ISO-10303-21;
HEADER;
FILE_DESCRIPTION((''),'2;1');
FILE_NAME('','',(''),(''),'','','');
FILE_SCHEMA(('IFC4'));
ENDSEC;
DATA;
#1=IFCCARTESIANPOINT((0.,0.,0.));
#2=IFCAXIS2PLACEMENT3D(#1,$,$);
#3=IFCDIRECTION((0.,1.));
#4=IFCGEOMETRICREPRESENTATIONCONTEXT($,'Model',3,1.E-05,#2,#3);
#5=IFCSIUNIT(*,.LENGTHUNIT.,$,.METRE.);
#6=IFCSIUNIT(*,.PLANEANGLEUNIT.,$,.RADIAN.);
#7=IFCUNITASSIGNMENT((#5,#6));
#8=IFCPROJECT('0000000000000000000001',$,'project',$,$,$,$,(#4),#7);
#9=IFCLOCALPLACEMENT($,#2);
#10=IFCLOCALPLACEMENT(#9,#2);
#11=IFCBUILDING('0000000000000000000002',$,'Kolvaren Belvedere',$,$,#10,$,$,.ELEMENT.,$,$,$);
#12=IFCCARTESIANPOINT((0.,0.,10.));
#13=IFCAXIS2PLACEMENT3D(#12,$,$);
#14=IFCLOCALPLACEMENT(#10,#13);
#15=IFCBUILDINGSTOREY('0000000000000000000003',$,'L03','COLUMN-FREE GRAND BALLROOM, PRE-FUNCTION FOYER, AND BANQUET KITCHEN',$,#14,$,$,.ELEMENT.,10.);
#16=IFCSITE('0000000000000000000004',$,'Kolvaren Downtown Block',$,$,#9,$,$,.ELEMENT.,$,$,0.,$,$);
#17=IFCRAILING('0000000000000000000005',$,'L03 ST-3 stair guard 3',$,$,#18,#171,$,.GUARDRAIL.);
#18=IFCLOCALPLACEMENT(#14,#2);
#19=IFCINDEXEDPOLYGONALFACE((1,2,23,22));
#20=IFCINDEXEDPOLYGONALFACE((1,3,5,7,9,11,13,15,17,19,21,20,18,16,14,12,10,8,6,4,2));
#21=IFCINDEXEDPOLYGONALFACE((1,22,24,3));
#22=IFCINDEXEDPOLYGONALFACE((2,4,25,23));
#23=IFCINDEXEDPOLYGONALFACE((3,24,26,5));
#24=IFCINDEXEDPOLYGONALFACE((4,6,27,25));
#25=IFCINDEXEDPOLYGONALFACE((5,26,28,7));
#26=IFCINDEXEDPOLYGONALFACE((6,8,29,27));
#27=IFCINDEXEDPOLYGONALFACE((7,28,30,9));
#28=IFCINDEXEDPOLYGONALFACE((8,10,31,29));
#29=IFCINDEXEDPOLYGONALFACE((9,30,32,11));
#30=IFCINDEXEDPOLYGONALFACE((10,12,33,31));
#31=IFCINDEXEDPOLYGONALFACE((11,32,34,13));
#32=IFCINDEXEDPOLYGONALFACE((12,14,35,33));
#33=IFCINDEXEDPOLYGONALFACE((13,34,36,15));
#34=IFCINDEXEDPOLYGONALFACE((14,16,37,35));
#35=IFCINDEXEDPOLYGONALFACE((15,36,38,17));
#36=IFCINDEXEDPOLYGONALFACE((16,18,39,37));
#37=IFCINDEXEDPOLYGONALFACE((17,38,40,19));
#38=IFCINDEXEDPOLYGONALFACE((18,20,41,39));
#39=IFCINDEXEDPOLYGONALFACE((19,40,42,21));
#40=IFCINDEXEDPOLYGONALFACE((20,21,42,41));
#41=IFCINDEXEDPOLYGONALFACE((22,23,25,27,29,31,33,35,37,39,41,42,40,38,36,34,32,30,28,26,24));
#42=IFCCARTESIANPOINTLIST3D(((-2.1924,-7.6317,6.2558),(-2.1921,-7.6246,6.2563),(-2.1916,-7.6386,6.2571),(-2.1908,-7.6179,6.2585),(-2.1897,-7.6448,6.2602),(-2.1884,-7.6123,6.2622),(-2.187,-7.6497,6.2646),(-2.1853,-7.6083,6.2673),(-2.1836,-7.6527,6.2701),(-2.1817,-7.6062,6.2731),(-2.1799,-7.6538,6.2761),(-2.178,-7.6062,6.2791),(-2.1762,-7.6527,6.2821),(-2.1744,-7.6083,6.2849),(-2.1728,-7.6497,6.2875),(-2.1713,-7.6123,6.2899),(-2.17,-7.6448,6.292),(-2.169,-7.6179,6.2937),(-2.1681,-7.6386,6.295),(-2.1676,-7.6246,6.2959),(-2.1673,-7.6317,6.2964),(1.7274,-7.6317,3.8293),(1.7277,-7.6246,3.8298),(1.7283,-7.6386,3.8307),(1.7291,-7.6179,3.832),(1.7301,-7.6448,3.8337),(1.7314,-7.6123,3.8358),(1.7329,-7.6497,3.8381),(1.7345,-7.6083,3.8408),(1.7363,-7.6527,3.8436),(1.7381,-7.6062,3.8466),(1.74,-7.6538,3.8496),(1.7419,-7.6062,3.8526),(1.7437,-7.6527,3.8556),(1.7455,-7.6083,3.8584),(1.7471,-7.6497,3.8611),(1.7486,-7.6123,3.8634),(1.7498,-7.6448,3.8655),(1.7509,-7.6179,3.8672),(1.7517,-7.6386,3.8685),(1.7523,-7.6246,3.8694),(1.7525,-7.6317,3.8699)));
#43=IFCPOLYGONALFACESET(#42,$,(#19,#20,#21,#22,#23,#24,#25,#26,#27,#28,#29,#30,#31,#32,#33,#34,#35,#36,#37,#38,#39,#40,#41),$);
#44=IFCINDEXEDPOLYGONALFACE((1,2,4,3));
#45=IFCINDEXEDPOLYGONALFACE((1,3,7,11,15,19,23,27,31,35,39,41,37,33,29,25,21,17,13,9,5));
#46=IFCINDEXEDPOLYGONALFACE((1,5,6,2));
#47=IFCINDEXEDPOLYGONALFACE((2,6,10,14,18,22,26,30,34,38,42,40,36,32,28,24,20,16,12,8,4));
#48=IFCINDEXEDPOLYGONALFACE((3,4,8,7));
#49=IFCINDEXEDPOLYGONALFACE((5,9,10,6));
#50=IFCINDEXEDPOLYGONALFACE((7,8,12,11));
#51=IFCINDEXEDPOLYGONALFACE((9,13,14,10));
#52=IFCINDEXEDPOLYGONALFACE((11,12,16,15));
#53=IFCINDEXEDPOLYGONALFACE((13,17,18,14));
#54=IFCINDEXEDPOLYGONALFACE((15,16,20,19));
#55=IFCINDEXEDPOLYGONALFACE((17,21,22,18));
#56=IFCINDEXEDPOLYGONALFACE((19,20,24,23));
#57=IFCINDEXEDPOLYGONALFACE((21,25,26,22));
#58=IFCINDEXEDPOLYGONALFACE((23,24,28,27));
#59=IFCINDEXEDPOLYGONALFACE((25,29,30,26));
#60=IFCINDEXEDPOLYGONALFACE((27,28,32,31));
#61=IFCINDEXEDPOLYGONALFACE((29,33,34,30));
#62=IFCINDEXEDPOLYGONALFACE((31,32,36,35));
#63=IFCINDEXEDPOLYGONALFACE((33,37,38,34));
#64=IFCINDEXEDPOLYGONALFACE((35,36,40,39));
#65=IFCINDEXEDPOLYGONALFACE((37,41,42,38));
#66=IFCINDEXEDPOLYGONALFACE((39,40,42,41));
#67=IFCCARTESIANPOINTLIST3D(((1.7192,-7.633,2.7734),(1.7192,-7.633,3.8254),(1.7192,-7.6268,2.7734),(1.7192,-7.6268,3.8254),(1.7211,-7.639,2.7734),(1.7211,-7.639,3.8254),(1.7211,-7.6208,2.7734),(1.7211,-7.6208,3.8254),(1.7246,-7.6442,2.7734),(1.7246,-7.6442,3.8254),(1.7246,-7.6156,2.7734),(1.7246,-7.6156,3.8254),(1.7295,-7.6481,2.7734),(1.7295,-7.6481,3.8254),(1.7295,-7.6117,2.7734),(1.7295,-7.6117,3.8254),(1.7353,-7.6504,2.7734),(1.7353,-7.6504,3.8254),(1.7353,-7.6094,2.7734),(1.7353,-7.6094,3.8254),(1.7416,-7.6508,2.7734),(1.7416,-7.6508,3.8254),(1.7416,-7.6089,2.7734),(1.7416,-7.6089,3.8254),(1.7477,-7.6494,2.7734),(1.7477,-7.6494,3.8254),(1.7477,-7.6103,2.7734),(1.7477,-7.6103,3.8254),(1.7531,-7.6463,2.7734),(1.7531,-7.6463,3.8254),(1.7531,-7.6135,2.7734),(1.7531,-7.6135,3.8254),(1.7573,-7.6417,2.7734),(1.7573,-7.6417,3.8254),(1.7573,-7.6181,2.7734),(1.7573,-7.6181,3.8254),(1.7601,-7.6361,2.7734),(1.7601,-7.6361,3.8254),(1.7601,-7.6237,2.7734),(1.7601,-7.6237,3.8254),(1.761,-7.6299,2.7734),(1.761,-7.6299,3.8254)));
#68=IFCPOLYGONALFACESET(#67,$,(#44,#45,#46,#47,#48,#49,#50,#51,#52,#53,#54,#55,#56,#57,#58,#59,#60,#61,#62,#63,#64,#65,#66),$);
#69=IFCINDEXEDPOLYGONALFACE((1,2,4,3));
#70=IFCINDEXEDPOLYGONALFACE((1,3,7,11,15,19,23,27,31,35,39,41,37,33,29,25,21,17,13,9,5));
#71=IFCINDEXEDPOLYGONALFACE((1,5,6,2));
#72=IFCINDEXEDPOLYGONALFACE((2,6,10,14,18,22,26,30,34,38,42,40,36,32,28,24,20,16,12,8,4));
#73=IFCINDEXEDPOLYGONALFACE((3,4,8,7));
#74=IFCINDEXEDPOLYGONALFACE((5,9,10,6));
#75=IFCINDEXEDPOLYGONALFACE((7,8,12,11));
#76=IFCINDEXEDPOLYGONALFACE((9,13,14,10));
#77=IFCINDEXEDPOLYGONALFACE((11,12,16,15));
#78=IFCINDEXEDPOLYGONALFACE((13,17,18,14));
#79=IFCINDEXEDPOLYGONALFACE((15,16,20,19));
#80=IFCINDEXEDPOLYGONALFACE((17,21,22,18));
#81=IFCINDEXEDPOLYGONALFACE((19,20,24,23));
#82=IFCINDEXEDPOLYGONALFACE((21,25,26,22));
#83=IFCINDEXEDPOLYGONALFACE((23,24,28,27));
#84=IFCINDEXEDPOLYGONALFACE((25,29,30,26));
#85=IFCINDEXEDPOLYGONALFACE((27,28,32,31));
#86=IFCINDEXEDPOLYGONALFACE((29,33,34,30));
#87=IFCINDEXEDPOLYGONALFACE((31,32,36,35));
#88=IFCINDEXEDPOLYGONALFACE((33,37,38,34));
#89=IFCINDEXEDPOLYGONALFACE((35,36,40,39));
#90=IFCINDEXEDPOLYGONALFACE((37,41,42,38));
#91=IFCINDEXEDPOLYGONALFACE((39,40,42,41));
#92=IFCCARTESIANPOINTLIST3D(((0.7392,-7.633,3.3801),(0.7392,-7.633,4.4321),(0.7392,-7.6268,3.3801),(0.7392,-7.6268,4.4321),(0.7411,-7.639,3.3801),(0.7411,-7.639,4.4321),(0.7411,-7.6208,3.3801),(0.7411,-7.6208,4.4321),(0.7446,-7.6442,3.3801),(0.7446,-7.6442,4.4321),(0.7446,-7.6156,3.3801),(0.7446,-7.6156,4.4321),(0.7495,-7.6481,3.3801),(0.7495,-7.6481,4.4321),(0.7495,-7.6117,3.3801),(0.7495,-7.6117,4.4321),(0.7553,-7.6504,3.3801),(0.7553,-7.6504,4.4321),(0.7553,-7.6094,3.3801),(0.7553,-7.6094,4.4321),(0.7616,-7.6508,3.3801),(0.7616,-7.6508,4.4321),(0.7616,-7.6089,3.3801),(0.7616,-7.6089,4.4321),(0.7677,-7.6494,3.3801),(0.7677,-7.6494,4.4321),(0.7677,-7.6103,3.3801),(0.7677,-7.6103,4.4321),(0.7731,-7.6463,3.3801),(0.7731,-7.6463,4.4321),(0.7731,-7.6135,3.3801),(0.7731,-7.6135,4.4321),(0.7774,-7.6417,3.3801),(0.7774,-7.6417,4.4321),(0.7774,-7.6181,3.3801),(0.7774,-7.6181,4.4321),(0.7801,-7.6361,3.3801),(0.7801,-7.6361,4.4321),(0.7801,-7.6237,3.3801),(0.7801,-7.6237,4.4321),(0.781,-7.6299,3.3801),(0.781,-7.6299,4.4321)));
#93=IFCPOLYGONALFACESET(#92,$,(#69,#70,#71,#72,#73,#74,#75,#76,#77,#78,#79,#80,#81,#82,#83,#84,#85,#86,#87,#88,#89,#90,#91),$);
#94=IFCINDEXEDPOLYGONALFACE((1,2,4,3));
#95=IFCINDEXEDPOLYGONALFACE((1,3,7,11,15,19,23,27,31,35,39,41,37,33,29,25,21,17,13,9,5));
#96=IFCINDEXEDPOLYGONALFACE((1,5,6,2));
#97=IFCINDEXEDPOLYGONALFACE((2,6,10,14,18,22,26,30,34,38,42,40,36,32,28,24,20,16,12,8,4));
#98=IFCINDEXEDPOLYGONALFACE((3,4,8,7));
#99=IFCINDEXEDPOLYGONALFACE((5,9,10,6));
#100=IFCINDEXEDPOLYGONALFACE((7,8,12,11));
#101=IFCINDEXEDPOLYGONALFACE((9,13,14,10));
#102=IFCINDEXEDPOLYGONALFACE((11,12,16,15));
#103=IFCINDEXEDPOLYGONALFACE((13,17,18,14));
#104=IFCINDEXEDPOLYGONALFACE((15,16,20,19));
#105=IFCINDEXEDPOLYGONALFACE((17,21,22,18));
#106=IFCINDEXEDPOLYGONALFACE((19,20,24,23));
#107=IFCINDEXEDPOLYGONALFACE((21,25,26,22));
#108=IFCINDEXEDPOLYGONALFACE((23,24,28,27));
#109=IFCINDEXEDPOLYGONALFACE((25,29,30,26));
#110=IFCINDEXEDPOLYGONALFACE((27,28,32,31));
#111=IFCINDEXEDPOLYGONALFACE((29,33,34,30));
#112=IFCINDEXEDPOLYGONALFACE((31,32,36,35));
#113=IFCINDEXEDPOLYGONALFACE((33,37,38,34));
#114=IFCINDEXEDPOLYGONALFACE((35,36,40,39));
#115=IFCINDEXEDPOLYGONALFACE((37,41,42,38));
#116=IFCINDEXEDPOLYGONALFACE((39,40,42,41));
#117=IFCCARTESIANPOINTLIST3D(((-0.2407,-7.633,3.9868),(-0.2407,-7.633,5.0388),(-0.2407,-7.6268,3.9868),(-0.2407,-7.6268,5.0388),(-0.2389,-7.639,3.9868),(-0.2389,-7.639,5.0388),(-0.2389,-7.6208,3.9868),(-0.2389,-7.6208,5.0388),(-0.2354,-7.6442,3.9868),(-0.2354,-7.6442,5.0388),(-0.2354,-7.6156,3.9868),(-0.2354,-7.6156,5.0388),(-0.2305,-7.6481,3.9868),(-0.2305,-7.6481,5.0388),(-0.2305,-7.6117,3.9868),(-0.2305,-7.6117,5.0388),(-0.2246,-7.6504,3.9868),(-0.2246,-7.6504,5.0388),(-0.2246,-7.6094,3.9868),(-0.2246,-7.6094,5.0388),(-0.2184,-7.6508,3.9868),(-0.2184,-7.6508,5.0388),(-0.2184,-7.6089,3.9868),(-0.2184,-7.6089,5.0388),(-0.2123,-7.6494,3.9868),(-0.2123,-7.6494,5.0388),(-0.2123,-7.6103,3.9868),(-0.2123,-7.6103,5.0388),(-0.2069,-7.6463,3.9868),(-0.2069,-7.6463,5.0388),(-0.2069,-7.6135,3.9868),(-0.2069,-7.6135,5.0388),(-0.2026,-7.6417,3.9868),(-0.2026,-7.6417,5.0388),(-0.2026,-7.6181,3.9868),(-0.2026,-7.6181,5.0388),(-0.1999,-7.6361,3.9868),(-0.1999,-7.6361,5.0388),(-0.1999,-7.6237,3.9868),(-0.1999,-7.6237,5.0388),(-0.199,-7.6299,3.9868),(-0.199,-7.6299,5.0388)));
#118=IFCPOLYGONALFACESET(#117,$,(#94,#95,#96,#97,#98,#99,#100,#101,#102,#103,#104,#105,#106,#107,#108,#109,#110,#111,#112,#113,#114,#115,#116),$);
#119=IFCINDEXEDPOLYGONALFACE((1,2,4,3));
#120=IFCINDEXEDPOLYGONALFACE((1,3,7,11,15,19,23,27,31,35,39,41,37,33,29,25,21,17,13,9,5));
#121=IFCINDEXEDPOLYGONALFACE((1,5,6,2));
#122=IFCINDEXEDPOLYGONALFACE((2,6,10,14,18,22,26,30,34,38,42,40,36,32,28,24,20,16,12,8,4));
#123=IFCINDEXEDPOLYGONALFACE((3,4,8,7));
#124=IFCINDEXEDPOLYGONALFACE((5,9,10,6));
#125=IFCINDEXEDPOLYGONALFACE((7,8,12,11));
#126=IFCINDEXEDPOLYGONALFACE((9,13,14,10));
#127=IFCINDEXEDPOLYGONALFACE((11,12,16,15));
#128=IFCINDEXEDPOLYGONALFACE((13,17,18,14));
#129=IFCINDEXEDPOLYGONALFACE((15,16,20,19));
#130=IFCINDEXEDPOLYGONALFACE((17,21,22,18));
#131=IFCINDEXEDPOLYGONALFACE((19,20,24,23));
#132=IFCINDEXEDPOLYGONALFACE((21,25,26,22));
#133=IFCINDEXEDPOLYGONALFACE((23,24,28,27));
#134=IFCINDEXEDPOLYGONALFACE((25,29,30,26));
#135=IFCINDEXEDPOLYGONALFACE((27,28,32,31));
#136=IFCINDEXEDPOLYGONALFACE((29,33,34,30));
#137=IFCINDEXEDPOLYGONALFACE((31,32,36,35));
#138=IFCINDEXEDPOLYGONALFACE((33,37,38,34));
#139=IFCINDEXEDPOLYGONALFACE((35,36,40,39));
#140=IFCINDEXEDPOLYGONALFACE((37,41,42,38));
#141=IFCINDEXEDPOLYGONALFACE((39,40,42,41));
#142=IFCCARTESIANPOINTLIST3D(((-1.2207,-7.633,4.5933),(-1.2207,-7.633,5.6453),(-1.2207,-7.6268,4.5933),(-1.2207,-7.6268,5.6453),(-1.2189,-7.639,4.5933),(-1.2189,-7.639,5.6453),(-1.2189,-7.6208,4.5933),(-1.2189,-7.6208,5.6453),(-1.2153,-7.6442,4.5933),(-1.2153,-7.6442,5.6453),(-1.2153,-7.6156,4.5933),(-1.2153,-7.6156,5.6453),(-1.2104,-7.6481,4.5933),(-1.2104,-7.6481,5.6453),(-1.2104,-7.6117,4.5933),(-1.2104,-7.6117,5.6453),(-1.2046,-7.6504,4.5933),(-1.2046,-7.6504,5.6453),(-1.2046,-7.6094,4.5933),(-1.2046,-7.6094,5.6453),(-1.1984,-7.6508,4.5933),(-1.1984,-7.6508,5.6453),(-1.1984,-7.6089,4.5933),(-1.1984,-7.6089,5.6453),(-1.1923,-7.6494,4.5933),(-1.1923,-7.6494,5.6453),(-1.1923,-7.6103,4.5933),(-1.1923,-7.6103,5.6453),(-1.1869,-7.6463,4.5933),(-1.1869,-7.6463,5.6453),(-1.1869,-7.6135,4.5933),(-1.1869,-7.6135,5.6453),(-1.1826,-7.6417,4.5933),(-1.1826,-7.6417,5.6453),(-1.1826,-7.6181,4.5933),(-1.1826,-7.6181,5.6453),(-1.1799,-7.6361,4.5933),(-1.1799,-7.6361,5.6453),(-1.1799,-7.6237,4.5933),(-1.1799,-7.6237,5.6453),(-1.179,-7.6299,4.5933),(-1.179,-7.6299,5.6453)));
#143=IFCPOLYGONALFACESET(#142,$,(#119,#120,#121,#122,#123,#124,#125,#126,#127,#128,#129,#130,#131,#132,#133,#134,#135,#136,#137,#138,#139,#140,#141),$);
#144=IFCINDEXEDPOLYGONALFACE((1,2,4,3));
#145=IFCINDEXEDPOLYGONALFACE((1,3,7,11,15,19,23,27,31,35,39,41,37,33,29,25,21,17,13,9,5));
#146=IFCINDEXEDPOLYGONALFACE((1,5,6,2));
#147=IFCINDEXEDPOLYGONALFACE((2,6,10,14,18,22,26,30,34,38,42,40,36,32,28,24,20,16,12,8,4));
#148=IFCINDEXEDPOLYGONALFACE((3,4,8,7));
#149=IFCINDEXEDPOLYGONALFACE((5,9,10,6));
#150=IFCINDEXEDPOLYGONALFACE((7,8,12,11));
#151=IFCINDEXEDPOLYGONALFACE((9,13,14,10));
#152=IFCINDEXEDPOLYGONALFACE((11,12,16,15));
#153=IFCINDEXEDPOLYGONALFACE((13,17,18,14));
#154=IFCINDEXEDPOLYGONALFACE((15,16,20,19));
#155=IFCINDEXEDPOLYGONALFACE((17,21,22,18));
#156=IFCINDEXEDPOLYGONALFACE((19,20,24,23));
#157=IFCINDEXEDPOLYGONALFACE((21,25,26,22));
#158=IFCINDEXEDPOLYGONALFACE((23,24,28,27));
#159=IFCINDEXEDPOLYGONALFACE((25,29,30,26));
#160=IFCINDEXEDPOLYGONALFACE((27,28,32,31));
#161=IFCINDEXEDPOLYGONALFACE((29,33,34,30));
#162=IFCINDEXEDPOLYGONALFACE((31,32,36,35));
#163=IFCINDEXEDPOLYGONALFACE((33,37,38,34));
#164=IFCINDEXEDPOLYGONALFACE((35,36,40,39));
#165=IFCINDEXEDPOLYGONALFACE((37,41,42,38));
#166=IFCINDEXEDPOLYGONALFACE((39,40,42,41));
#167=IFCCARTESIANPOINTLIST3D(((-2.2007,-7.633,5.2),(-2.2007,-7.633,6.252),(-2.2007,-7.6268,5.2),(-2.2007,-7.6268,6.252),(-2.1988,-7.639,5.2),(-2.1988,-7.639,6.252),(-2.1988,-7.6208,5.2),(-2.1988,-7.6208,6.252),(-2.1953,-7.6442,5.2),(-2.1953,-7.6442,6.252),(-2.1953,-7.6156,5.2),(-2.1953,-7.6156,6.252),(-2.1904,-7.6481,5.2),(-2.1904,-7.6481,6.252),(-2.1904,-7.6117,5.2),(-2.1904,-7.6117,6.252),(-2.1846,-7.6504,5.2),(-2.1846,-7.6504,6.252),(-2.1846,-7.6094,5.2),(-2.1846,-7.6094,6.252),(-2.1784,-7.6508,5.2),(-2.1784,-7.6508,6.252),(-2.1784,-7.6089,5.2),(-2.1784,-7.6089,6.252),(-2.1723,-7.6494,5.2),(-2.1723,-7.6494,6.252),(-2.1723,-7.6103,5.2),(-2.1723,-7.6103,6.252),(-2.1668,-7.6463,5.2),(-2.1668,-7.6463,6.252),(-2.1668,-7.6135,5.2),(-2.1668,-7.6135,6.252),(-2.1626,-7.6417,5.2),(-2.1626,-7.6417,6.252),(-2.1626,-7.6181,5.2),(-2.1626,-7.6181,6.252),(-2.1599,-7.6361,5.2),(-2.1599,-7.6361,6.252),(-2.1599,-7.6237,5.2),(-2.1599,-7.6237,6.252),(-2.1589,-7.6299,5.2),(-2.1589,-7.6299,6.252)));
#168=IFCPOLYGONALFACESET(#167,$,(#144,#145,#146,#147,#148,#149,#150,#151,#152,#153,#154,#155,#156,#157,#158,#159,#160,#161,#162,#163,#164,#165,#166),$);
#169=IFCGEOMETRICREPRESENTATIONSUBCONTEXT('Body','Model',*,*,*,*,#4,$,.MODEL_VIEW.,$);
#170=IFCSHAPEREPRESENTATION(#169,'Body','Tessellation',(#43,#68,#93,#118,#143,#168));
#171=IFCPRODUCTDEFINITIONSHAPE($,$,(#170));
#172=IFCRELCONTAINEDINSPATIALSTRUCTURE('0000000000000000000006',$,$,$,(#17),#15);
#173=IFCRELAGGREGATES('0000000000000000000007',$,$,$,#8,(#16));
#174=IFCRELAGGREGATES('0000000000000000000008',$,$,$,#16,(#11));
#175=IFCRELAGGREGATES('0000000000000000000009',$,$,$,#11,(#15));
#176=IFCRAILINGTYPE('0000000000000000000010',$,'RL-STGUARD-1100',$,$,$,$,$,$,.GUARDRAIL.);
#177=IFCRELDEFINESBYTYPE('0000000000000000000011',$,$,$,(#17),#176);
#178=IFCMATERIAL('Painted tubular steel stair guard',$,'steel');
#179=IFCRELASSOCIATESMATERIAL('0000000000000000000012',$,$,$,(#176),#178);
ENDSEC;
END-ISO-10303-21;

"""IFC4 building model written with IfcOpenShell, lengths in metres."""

from ifc_helpers import new_model, si_unit, direction, frame, origin, origin_2d, place, context, subcontext, project, spatial, circle, extrude, material, type_object, element, save


model = new_model("IFC4")

# Units and contexts
model_context = context("Model", 3, precision=1e-05, world=origin(), true_north=direction((0.0, 1.0)))
body_context = subcontext(model_context, "Body", "Model", "MODEL_VIEW")
ifc_project = project(units=[si_unit("LENGTHUNIT", "METRE"), si_unit("PLANEANGLEUNIT", "RADIAN")], contexts=[model_context])

# Site, building, storey
site_placement = place(None, origin())
site = spatial("IfcSite", under=ifc_project, at=site_placement, Name="Kolvaren Downtown Block", CompositionType="ELEMENT", RefElevation=0.0)
building_placement = place(site_placement, origin())
building = spatial("IfcBuilding", under=site, at=building_placement, Name="Kolvaren Belvedere", CompositionType="ELEMENT")
storey_placement = place(building_placement, frame((0.0, 0.0, 10.0)))
storey = spatial("IfcBuildingStorey", under=building, at=storey_placement, Name="L03", Description="COLUMN-FREE GRAND BALLROOM, PRE-FUNCTION FOYER, AND BANQUET KITCHEN", CompositionType="ELEMENT", Elevation=10.0)

# Railing
ifc_material_1 = material(Name="Painted tubular steel stair guard", Category="steel")
railing_type_1 = type_object("IfcRailingType", Name="RL-STGUARD-1100", PredefinedType="GUARDRAIL", material=ifc_material_1)
railing_1_placement = place(storey_placement, frame((1.74, -7.6299, 2.7734)))
element("IfcRailing", 1, at=railing_1_placement, inside=storey, type_object=railing_type_1, Name="L03 ST-3 stair guard 3", PredefinedType="GUARDRAIL", context=body_context, shape_type="SweptSolid", body=[
    extrude(circle(Radius=0.0239, at=origin_2d()), frame((0.0, 0.0, 1.0762), z_axis=(-0.850275, 0.0, 0.526338), x_axis=(0.0, -1.0, 0.0)), (0.0, 0.0, 1.0), 4.6101),
    extrude(circle(Radius=0.021, at=origin_2d()), origin(), (0.0, 0.0, 1.0), 1.052),
    extrude(circle(Radius=0.021, at=origin_2d()), frame((-0.98, 0.0, 0.6067)), (0.0, 0.0, 1.0), 1.052),
    extrude(circle(Radius=0.021, at=origin_2d()), frame((-1.96, 0.0, 1.2134)), (0.0, 0.0, 1.0), 1.052),
    extrude(circle(Radius=0.021, at=origin_2d()), frame((-2.9399, 0.0, 1.8198)), (0.0, 0.0, 1.0), 1.052),
    extrude(circle(Radius=0.021, at=origin_2d()), frame((-3.9199, 0.0, 2.4265)), (0.0, 0.0, 1.0), 1.052),
])

save(model, "model.ifc")
